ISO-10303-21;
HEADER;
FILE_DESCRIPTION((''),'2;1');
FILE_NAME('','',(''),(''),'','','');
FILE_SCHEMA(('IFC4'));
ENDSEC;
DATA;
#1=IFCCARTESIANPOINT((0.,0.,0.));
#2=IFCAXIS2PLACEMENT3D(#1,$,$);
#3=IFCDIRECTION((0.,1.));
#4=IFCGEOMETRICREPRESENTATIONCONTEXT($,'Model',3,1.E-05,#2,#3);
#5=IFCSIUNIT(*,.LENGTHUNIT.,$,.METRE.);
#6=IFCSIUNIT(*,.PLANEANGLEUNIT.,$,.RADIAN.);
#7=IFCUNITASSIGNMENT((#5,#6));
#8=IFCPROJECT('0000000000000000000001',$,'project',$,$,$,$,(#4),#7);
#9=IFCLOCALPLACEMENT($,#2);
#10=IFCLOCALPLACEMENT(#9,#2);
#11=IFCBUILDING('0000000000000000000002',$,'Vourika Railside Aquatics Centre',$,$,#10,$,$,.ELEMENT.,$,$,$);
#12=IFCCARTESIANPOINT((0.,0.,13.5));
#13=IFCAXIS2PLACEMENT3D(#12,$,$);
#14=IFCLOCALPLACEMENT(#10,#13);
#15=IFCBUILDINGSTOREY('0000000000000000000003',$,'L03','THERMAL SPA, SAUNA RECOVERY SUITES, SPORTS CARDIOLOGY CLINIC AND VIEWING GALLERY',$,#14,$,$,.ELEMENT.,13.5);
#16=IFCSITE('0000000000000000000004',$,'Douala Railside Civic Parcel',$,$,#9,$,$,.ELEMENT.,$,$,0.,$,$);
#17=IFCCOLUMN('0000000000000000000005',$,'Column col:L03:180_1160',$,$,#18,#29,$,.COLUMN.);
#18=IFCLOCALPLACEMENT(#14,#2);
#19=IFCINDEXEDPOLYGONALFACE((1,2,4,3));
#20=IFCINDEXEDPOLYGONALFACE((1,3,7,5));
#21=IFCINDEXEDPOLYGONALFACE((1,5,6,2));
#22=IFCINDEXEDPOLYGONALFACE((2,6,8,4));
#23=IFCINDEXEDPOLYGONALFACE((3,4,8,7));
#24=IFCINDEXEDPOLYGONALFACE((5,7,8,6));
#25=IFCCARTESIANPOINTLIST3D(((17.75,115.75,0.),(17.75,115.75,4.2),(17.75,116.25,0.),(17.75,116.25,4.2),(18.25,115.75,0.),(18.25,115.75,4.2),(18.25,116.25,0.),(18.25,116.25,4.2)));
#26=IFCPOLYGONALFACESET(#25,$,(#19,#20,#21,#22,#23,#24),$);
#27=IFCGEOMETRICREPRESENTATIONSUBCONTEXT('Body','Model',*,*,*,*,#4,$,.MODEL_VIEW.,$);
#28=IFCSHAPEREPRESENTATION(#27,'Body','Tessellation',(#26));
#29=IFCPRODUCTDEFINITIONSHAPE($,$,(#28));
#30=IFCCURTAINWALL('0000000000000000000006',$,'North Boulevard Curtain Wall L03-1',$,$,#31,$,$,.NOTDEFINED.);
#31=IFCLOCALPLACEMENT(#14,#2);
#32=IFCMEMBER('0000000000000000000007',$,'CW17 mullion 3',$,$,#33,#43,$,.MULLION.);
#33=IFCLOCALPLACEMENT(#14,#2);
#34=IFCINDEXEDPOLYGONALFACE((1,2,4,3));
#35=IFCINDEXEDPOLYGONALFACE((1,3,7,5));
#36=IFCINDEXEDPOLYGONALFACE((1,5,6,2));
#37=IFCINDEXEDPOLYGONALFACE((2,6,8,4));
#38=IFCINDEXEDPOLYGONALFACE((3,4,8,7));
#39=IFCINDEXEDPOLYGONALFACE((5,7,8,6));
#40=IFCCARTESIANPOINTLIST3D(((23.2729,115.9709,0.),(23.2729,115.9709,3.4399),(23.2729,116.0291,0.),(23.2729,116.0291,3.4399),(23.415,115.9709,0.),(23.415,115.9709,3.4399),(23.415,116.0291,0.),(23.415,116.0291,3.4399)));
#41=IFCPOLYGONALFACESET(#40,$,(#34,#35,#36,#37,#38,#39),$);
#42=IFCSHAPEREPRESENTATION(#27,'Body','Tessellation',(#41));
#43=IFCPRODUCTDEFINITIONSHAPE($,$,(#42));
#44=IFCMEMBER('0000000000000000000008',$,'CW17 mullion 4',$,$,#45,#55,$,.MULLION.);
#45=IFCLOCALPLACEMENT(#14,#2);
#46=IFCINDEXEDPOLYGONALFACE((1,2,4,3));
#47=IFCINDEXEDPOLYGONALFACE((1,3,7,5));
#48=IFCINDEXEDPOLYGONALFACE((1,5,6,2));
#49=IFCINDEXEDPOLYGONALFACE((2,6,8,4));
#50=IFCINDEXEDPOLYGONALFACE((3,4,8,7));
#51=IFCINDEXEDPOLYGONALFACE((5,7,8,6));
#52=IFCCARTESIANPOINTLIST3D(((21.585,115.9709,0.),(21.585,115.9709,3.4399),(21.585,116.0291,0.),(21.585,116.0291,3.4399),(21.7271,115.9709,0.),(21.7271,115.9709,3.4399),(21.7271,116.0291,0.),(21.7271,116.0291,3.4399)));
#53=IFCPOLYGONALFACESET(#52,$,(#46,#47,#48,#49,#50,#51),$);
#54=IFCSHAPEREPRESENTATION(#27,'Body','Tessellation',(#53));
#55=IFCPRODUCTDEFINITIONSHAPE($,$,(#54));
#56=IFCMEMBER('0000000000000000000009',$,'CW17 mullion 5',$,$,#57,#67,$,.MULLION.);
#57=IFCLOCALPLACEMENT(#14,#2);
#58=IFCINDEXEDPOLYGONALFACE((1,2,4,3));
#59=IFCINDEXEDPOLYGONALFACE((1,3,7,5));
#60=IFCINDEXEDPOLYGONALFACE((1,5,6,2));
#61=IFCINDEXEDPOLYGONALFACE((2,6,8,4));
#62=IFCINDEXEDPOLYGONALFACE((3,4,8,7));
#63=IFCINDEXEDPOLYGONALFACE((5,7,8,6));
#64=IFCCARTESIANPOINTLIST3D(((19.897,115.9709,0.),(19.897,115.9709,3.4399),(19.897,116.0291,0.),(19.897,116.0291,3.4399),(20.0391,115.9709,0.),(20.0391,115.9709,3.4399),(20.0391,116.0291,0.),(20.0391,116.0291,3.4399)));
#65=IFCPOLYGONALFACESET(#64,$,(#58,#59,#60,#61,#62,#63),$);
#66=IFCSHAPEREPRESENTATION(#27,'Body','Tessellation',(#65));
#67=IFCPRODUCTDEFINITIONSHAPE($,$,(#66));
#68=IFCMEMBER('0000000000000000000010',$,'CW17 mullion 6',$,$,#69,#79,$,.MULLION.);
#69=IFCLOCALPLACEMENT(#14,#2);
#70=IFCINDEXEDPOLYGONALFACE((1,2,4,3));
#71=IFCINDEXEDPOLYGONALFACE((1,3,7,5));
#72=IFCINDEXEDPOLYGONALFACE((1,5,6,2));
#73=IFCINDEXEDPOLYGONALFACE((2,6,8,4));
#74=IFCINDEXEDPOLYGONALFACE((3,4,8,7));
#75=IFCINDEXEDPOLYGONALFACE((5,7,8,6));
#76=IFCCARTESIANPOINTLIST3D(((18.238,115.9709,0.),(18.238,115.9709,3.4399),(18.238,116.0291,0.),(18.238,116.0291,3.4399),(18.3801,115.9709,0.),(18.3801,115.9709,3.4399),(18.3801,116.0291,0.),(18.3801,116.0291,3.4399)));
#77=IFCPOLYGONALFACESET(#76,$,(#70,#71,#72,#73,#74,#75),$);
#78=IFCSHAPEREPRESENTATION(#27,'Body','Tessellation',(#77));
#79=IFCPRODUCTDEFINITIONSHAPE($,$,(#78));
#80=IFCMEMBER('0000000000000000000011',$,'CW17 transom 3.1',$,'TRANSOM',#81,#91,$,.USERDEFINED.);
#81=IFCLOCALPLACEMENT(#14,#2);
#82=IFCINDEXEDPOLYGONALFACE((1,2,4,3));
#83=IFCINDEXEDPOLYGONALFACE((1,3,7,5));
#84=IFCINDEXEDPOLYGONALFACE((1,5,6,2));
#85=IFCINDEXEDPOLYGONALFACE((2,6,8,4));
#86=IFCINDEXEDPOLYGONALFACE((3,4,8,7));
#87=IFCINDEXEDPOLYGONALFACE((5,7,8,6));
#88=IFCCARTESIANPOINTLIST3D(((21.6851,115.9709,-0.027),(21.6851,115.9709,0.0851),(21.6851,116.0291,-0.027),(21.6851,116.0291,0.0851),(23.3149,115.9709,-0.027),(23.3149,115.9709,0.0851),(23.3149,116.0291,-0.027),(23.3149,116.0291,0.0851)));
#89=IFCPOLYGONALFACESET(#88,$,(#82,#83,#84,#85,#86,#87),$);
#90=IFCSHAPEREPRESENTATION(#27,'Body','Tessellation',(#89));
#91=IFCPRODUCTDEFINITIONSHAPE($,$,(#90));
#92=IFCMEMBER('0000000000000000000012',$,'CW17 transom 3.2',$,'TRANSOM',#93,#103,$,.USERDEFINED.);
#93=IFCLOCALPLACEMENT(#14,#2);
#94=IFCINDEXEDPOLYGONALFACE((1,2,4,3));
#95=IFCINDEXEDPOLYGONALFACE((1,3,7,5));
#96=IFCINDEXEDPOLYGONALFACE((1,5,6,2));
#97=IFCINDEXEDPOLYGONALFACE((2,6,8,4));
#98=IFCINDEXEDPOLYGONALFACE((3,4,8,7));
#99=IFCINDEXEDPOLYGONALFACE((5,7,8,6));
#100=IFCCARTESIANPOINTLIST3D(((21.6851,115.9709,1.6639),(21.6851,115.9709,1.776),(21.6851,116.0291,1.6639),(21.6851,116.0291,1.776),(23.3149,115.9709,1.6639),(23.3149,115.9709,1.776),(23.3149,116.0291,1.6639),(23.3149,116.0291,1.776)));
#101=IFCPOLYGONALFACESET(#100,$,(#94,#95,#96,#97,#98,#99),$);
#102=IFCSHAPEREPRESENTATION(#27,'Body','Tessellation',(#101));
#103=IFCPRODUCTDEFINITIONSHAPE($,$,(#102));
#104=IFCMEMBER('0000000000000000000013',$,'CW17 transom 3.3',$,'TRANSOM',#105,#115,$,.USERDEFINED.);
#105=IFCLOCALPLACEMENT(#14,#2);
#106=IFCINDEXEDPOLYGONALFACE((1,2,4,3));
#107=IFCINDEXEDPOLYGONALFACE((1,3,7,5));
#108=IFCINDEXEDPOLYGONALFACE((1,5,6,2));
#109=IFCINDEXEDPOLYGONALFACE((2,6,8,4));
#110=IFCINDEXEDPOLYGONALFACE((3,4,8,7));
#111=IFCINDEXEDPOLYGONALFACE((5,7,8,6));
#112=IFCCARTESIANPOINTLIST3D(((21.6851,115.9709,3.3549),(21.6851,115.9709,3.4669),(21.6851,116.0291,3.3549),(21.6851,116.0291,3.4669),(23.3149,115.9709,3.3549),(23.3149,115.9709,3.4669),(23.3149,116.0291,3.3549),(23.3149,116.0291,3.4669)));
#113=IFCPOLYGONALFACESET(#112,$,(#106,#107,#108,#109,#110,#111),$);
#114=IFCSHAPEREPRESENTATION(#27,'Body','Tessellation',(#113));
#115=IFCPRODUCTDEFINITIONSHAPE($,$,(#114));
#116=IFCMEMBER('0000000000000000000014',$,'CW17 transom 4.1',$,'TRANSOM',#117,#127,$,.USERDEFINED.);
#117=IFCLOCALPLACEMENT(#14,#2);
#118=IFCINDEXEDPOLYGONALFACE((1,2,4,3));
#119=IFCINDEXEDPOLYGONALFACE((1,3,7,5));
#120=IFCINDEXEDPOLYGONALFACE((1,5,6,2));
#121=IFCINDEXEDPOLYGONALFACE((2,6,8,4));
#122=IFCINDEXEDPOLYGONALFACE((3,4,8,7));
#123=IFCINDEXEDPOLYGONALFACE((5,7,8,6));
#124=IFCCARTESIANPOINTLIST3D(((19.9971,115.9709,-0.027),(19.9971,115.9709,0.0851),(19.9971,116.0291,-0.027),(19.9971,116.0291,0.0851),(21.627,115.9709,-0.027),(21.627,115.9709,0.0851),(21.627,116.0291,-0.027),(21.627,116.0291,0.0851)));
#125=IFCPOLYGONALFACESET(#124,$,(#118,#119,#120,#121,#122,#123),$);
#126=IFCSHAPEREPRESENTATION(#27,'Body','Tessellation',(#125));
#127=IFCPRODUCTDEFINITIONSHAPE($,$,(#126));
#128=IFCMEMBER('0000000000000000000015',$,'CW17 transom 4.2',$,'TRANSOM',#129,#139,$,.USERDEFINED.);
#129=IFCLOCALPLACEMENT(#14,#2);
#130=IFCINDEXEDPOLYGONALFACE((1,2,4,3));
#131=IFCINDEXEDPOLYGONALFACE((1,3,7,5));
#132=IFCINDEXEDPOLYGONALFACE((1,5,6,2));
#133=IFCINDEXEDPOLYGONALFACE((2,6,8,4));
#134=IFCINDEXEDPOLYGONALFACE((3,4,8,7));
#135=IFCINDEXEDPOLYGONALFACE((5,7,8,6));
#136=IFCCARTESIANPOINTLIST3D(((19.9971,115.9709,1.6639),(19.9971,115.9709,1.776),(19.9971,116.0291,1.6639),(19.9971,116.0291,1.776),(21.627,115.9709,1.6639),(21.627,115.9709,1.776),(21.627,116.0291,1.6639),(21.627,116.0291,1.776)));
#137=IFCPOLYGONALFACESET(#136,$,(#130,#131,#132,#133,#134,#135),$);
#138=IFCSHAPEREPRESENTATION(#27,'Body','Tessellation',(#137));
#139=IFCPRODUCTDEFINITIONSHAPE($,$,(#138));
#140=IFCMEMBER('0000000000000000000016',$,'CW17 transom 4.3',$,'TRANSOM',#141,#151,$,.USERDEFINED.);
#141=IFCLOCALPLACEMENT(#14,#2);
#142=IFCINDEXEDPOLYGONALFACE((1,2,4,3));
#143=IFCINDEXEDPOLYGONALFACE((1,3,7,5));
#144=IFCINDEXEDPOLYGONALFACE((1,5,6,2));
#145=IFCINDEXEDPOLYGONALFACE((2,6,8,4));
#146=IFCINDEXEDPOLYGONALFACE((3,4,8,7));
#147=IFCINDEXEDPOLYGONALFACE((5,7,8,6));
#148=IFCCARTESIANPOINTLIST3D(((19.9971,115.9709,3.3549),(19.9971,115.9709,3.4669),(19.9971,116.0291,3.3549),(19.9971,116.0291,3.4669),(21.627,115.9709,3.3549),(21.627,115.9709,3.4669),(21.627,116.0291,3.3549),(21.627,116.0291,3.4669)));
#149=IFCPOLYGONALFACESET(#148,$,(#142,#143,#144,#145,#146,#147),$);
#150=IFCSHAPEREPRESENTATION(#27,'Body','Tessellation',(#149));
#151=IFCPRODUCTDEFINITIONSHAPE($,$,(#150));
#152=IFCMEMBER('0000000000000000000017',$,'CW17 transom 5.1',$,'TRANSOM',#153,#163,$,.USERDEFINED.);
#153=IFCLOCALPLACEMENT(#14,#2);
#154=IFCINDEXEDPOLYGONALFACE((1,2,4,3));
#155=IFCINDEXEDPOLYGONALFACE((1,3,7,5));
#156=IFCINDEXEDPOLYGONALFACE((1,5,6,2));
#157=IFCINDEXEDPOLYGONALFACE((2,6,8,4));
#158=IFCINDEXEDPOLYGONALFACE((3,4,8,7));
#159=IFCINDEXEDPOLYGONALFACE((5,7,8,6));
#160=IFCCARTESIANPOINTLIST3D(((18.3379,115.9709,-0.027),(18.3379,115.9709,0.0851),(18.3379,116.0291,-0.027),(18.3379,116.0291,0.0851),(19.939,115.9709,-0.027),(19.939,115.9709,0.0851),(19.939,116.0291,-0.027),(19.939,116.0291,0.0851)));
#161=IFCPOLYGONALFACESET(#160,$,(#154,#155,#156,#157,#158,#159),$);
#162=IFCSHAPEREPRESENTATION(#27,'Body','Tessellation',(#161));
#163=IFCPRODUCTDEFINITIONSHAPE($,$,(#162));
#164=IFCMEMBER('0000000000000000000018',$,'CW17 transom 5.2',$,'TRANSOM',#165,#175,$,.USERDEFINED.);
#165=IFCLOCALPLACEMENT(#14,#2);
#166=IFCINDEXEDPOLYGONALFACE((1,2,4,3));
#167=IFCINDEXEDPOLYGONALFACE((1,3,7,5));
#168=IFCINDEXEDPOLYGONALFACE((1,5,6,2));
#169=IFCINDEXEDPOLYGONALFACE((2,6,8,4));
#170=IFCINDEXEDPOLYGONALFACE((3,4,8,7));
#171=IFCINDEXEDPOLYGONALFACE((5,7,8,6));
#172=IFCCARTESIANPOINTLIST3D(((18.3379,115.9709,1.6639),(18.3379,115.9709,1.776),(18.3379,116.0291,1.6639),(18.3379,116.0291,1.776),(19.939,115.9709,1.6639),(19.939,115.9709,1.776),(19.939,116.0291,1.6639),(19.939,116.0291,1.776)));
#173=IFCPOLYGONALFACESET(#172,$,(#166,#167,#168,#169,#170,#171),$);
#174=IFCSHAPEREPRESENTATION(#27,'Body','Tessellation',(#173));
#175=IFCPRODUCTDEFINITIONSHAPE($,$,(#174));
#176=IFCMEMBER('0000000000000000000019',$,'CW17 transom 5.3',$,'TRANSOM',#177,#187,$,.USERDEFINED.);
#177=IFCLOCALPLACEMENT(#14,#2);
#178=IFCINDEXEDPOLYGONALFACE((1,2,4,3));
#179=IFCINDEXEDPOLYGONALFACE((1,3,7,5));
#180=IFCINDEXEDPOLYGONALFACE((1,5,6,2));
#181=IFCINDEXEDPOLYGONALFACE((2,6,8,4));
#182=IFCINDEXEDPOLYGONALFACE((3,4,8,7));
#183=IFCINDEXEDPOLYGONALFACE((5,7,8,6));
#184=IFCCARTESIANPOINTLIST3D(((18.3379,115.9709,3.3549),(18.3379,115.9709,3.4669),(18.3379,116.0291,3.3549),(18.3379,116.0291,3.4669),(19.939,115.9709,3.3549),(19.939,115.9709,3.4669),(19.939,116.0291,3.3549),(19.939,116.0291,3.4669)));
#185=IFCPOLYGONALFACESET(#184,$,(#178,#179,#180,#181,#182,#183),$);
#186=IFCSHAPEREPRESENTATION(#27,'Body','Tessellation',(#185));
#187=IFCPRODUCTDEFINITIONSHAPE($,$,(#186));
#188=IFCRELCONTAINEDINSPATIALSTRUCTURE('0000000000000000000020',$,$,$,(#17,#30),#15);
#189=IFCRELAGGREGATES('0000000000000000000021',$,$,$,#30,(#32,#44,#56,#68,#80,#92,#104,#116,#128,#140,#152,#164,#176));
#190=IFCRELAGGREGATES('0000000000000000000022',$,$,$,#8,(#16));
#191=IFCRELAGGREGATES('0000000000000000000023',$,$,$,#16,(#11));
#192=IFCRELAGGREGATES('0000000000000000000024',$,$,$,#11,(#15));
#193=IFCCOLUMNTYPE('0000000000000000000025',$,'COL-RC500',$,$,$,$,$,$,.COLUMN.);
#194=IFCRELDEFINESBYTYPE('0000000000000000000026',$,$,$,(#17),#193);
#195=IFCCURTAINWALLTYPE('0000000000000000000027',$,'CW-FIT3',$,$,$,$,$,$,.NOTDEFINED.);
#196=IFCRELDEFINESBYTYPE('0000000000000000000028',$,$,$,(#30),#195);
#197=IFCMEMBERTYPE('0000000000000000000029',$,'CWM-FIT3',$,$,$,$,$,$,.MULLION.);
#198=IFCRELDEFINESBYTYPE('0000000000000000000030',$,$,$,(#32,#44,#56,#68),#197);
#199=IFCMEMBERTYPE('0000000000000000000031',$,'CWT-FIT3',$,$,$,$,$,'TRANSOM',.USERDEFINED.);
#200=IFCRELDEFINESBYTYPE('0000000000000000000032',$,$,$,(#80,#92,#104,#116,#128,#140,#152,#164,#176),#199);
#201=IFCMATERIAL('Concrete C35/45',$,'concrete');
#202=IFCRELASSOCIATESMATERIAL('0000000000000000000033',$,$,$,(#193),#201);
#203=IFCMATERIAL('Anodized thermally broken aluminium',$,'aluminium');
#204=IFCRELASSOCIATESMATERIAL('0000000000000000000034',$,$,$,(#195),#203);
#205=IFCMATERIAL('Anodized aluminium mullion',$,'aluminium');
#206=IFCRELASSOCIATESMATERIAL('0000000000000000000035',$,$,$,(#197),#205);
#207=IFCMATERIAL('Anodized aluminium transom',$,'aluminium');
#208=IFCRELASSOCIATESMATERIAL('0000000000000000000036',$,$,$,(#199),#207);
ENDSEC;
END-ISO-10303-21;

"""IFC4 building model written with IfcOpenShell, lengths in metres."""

from ifc_helpers import new_model, si_unit, direction, frame, origin, origin_2d, place, context, subcontext, project, spatial, rectangle, extrude, material, material_profile, profile_set, type_object, element, aggregate, save


model = new_model("IFC4")

# Units and contexts
model_context = context("Model", 3, precision=1e-05, world=origin(), true_north=direction((0.0, 1.0)))
body_context = subcontext(model_context, "Body", "Model", "MODEL_VIEW")
ifc_project = project(units=[si_unit("LENGTHUNIT", "METRE"), si_unit("PLANEANGLEUNIT", "RADIAN")], contexts=[model_context])

# Site, building, storey
site_placement = place(None, origin())
site = spatial("IfcSite", under=ifc_project, at=site_placement, Name="Douala Railside Civic Parcel", CompositionType="ELEMENT", RefElevation=0.0)
building_placement = place(site_placement, origin())
building = spatial("IfcBuilding", under=site, at=building_placement, Name="Vourika Railside Aquatics Centre", CompositionType="ELEMENT")
storey_placement = place(building_placement, frame((0.0, 0.0, 13.5)))
storey = spatial("IfcBuildingStorey", under=building, at=storey_placement, Name="L03", Description="THERMAL SPA, SAUNA RECOVERY SUITES, SPORTS CARDIOLOGY CLINIC AND VIEWING GALLERY", CompositionType="ELEMENT", Elevation=13.5)

# Column
ifc_material_1 = material(Name="Concrete C35/45", Category="concrete")
ifc_material_profile_1 = material_profile(ifc_material_1, rectangle(XDim=0.5, YDim=0.5, at=origin_2d()), Name="RC 500x500")
ifc_profile_set_1 = profile_set([ifc_material_profile_1], Name="Concrete C35/45")
column_type = type_object("IfcColumnType", Name="COL-RC500", PredefinedType="COLUMN", material=ifc_profile_set_1)
column_placement = place(storey_placement, frame((18.0, 116.0, 0.0), z_axis=(0.0, 0.0, 1.0), x_axis=(1.0, 0.0, 0.0)))
element("IfcColumn", 1, at=column_placement, inside=storey, type_object=column_type, Name="Column col:L03:180_1160", PredefinedType="COLUMN", context=body_context, shape_type="SweptSolid", body=[
    extrude(rectangle(XDim=0.5, YDim=0.5, at=origin_2d()), origin(), (0.0, 0.0, 1.0), 4.2),
])

# Curtain wall, members
ifc_material_2 = material(Name="Anodized thermally broken aluminium", Category="aluminium")
curtain_wall_type = type_object("IfcCurtainWallType", Name="CW-FIT3", PredefinedType="NOTDEFINED", material=ifc_material_2)
curtain_wall_placement = place(storey_placement, origin())
curtain_wall = element("IfcCurtainWall", 2, at=curtain_wall_placement, inside=storey, type_object=curtain_wall_type, Name="North Boulevard Curtain Wall L03-1", PredefinedType="NOTDEFINED")
ifc_material_3 = material(Name="Anodized aluminium mullion", Category="aluminium")
ifc_material_profile_2 = material_profile(ifc_material_3, rectangle(XDim=0.0581, YDim=0.1421, at=origin_2d()), Name="ALU-M 58x142")
ifc_profile_set_2 = profile_set([ifc_material_profile_2], Name="Anodized aluminium mullion")
member_type_1 = type_object("IfcMemberType", Name="CWM-FIT3", PredefinedType="MULLION", material=ifc_profile_set_2)
member_1_placement = place(storey_placement, frame((23.344, 116.0, 0.0), z_axis=(0.0, 0.0, 1.0), x_axis=(0.0, -1.0, 0.0)))
member_1 = element("IfcMember", 3, at=member_1_placement, type_object=member_type_1, Name="CW17 mullion 3", PredefinedType="MULLION", context=body_context, shape_type="SweptSolid", body=[
    extrude(rectangle(XDim=0.0581, YDim=0.1421, at=origin_2d()), origin(), (0.0, 0.0, 1.0), 3.4399),
])
member_2_placement = place(storey_placement, frame((21.656, 116.0, 0.0), z_axis=(0.0, 0.0, 1.0), x_axis=(0.0, -1.0, 0.0)))
member_2 = element("IfcMember", 4, at=member_2_placement, type_object=member_type_1, Name="CW17 mullion 4", PredefinedType="MULLION", context=body_context, shape_type="SweptSolid", body=[
    extrude(rectangle(XDim=0.0581, YDim=0.1421, at=origin_2d()), origin(), (0.0, 0.0, 1.0), 3.4399),
])
member_3_placement = place(storey_placement, frame((19.968, 116.0, 0.0), z_axis=(0.0, 0.0, 1.0), x_axis=(0.0, -1.0, 0.0)))
member_3 = element("IfcMember", 5, at=member_3_placement, type_object=member_type_1, Name="CW17 mullion 5", PredefinedType="MULLION", context=body_context, shape_type="SweptSolid", body=[
    extrude(rectangle(XDim=0.0581, YDim=0.1421, at=origin_2d()), origin(), (0.0, 0.0, 1.0), 3.4399),
])
member_4_placement = place(storey_placement, frame((18.3091, 116.0, 0.0), z_axis=(0.0, 0.0, 1.0), x_axis=(0.0, -1.0, 0.0)))
member_4 = element("IfcMember", 6, at=member_4_placement, type_object=member_type_1, Name="CW17 mullion 6", PredefinedType="MULLION", context=body_context, shape_type="SweptSolid", body=[
    extrude(rectangle(XDim=0.0581, YDim=0.1421, at=origin_2d()), origin(), (0.0, 0.0, 1.0), 3.4399),
])
ifc_material_4 = material(Name="Anodized aluminium transom", Category="aluminium")
ifc_material_profile_3 = material_profile(ifc_material_4, rectangle(XDim=0.0581, YDim=0.1121, at=origin_2d()), Name="ALU-T 58x112")
ifc_profile_set_3 = profile_set([ifc_material_profile_3], Name="Anodized aluminium transom")
member_type_2 = type_object("IfcMemberType", Name="CWT-FIT3", ElementType="TRANSOM", PredefinedType="USERDEFINED", material=ifc_profile_set_3)
member_5_placement = place(storey_placement, frame((23.3149, 116.0, 0.0291), z_axis=(-1.0, 0.0, 0.0), x_axis=(0.0, -1.0, 0.0)))
member_5 = element("IfcMember", 7, at=member_5_placement, type_object=member_type_2, Name="CW17 transom 3.1", ObjectType="TRANSOM", PredefinedType="USERDEFINED", context=body_context, shape_type="SweptSolid", body=[
    extrude(rectangle(XDim=0.0581, YDim=0.1121, at=origin_2d()), origin(), (0.0, 0.0, 1.0), 1.6299),
])
member_6_placement = place(storey_placement, frame((23.3149, 116.0, 1.72), z_axis=(-1.0, 0.0, 0.0), x_axis=(0.0, -1.0, 0.0)))
member_6 = element("IfcMember", 8, at=member_6_placement, type_object=member_type_2, Name="CW17 transom 3.2", ObjectType="TRANSOM", PredefinedType="USERDEFINED", context=body_context, shape_type="SweptSolid", body=[
    extrude(rectangle(XDim=0.0581, YDim=0.1121, at=origin_2d()), origin(), (0.0, 0.0, 1.0), 1.6299),
])
member_7_placement = place(storey_placement, frame((23.3149, 116.0, 3.4109), z_axis=(-1.0, 0.0, 0.0), x_axis=(0.0, -1.0, 0.0)))
member_7 = element("IfcMember", 9, at=member_7_placement, type_object=member_type_2, Name="CW17 transom 3.3", ObjectType="TRANSOM", PredefinedType="USERDEFINED", context=body_context, shape_type="SweptSolid", body=[
    extrude(rectangle(XDim=0.0581, YDim=0.1121, at=origin_2d()), origin(), (0.0, 0.0, 1.0), 1.6299),
])
member_8_placement = place(storey_placement, frame((21.627, 116.0, 0.0291), z_axis=(-1.0, 0.0, 0.0), x_axis=(0.0, -1.0, 0.0)))
member_8 = element("IfcMember", 10, at=member_8_placement, type_object=member_type_2, Name="CW17 transom 4.1", ObjectType="TRANSOM", PredefinedType="USERDEFINED", context=body_context, shape_type="SweptSolid", body=[
    extrude(rectangle(XDim=0.0581, YDim=0.1121, at=origin_2d()), origin(), (0.0, 0.0, 1.0), 1.6299),
])
member_9_placement = place(storey_placement, frame((21.627, 116.0, 1.72), z_axis=(-1.0, 0.0, 0.0), x_axis=(0.0, -1.0, 0.0)))
member_9 = element("IfcMember", 11, at=member_9_placement, type_object=member_type_2, Name="CW17 transom 4.2", ObjectType="TRANSOM", PredefinedType="USERDEFINED", context=body_context, shape_type="SweptSolid", body=[
    extrude(rectangle(XDim=0.0581, YDim=0.1121, at=origin_2d()), origin(), (0.0, 0.0, 1.0), 1.6299),
])
member_10_placement = place(storey_placement, frame((21.627, 116.0, 3.4109), z_axis=(-1.0, 0.0, 0.0), x_axis=(0.0, -1.0, 0.0)))
member_10 = element("IfcMember", 12, at=member_10_placement, type_object=member_type_2, Name="CW17 transom 4.3", ObjectType="TRANSOM", PredefinedType="USERDEFINED", context=body_context, shape_type="SweptSolid", body=[
    extrude(rectangle(XDim=0.0581, YDim=0.1121, at=origin_2d()), origin(), (0.0, 0.0, 1.0), 1.6299),
])
member_11_placement = place(storey_placement, frame((19.939, 116.0, 0.0291), z_axis=(-1.0, 0.0, 0.0), x_axis=(0.0, -1.0, 0.0)))
member_11 = element("IfcMember", 13, at=member_11_placement, type_object=member_type_2, Name="CW17 transom 5.1", ObjectType="TRANSOM", PredefinedType="USERDEFINED", context=body_context, shape_type="SweptSolid", body=[
    extrude(rectangle(XDim=0.0581, YDim=0.1121, at=origin_2d()), origin(), (0.0, 0.0, 1.0), 1.6011),
])
member_12_placement = place(storey_placement, frame((19.939, 116.0, 1.72), z_axis=(-1.0, 0.0, 0.0), x_axis=(0.0, -1.0, 0.0)))
member_12 = element("IfcMember", 14, at=member_12_placement, type_object=member_type_2, Name="CW17 transom 5.2", ObjectType="TRANSOM", PredefinedType="USERDEFINED", context=body_context, shape_type="SweptSolid", body=[
    extrude(rectangle(XDim=0.0581, YDim=0.1121, at=origin_2d()), origin(), (0.0, 0.0, 1.0), 1.6011),
])
member_13_placement = place(storey_placement, frame((19.939, 116.0, 3.4109), z_axis=(-1.0, 0.0, 0.0), x_axis=(0.0, -1.0, 0.0)))
member_13 = element("IfcMember", 15, at=member_13_placement, type_object=member_type_2, Name="CW17 transom 5.3", ObjectType="TRANSOM", PredefinedType="USERDEFINED", context=body_context, shape_type="SweptSolid", body=[
    extrude(rectangle(XDim=0.0581, YDim=0.1121, at=origin_2d()), origin(), (0.0, 0.0, 1.0), 1.6011),
])
aggregate(curtain_wall, [member_1, member_2, member_3, member_4, member_5, member_6, member_7, member_8, member_9, member_10, member_11, member_12, member_13])

save(model, "model.ifc")
